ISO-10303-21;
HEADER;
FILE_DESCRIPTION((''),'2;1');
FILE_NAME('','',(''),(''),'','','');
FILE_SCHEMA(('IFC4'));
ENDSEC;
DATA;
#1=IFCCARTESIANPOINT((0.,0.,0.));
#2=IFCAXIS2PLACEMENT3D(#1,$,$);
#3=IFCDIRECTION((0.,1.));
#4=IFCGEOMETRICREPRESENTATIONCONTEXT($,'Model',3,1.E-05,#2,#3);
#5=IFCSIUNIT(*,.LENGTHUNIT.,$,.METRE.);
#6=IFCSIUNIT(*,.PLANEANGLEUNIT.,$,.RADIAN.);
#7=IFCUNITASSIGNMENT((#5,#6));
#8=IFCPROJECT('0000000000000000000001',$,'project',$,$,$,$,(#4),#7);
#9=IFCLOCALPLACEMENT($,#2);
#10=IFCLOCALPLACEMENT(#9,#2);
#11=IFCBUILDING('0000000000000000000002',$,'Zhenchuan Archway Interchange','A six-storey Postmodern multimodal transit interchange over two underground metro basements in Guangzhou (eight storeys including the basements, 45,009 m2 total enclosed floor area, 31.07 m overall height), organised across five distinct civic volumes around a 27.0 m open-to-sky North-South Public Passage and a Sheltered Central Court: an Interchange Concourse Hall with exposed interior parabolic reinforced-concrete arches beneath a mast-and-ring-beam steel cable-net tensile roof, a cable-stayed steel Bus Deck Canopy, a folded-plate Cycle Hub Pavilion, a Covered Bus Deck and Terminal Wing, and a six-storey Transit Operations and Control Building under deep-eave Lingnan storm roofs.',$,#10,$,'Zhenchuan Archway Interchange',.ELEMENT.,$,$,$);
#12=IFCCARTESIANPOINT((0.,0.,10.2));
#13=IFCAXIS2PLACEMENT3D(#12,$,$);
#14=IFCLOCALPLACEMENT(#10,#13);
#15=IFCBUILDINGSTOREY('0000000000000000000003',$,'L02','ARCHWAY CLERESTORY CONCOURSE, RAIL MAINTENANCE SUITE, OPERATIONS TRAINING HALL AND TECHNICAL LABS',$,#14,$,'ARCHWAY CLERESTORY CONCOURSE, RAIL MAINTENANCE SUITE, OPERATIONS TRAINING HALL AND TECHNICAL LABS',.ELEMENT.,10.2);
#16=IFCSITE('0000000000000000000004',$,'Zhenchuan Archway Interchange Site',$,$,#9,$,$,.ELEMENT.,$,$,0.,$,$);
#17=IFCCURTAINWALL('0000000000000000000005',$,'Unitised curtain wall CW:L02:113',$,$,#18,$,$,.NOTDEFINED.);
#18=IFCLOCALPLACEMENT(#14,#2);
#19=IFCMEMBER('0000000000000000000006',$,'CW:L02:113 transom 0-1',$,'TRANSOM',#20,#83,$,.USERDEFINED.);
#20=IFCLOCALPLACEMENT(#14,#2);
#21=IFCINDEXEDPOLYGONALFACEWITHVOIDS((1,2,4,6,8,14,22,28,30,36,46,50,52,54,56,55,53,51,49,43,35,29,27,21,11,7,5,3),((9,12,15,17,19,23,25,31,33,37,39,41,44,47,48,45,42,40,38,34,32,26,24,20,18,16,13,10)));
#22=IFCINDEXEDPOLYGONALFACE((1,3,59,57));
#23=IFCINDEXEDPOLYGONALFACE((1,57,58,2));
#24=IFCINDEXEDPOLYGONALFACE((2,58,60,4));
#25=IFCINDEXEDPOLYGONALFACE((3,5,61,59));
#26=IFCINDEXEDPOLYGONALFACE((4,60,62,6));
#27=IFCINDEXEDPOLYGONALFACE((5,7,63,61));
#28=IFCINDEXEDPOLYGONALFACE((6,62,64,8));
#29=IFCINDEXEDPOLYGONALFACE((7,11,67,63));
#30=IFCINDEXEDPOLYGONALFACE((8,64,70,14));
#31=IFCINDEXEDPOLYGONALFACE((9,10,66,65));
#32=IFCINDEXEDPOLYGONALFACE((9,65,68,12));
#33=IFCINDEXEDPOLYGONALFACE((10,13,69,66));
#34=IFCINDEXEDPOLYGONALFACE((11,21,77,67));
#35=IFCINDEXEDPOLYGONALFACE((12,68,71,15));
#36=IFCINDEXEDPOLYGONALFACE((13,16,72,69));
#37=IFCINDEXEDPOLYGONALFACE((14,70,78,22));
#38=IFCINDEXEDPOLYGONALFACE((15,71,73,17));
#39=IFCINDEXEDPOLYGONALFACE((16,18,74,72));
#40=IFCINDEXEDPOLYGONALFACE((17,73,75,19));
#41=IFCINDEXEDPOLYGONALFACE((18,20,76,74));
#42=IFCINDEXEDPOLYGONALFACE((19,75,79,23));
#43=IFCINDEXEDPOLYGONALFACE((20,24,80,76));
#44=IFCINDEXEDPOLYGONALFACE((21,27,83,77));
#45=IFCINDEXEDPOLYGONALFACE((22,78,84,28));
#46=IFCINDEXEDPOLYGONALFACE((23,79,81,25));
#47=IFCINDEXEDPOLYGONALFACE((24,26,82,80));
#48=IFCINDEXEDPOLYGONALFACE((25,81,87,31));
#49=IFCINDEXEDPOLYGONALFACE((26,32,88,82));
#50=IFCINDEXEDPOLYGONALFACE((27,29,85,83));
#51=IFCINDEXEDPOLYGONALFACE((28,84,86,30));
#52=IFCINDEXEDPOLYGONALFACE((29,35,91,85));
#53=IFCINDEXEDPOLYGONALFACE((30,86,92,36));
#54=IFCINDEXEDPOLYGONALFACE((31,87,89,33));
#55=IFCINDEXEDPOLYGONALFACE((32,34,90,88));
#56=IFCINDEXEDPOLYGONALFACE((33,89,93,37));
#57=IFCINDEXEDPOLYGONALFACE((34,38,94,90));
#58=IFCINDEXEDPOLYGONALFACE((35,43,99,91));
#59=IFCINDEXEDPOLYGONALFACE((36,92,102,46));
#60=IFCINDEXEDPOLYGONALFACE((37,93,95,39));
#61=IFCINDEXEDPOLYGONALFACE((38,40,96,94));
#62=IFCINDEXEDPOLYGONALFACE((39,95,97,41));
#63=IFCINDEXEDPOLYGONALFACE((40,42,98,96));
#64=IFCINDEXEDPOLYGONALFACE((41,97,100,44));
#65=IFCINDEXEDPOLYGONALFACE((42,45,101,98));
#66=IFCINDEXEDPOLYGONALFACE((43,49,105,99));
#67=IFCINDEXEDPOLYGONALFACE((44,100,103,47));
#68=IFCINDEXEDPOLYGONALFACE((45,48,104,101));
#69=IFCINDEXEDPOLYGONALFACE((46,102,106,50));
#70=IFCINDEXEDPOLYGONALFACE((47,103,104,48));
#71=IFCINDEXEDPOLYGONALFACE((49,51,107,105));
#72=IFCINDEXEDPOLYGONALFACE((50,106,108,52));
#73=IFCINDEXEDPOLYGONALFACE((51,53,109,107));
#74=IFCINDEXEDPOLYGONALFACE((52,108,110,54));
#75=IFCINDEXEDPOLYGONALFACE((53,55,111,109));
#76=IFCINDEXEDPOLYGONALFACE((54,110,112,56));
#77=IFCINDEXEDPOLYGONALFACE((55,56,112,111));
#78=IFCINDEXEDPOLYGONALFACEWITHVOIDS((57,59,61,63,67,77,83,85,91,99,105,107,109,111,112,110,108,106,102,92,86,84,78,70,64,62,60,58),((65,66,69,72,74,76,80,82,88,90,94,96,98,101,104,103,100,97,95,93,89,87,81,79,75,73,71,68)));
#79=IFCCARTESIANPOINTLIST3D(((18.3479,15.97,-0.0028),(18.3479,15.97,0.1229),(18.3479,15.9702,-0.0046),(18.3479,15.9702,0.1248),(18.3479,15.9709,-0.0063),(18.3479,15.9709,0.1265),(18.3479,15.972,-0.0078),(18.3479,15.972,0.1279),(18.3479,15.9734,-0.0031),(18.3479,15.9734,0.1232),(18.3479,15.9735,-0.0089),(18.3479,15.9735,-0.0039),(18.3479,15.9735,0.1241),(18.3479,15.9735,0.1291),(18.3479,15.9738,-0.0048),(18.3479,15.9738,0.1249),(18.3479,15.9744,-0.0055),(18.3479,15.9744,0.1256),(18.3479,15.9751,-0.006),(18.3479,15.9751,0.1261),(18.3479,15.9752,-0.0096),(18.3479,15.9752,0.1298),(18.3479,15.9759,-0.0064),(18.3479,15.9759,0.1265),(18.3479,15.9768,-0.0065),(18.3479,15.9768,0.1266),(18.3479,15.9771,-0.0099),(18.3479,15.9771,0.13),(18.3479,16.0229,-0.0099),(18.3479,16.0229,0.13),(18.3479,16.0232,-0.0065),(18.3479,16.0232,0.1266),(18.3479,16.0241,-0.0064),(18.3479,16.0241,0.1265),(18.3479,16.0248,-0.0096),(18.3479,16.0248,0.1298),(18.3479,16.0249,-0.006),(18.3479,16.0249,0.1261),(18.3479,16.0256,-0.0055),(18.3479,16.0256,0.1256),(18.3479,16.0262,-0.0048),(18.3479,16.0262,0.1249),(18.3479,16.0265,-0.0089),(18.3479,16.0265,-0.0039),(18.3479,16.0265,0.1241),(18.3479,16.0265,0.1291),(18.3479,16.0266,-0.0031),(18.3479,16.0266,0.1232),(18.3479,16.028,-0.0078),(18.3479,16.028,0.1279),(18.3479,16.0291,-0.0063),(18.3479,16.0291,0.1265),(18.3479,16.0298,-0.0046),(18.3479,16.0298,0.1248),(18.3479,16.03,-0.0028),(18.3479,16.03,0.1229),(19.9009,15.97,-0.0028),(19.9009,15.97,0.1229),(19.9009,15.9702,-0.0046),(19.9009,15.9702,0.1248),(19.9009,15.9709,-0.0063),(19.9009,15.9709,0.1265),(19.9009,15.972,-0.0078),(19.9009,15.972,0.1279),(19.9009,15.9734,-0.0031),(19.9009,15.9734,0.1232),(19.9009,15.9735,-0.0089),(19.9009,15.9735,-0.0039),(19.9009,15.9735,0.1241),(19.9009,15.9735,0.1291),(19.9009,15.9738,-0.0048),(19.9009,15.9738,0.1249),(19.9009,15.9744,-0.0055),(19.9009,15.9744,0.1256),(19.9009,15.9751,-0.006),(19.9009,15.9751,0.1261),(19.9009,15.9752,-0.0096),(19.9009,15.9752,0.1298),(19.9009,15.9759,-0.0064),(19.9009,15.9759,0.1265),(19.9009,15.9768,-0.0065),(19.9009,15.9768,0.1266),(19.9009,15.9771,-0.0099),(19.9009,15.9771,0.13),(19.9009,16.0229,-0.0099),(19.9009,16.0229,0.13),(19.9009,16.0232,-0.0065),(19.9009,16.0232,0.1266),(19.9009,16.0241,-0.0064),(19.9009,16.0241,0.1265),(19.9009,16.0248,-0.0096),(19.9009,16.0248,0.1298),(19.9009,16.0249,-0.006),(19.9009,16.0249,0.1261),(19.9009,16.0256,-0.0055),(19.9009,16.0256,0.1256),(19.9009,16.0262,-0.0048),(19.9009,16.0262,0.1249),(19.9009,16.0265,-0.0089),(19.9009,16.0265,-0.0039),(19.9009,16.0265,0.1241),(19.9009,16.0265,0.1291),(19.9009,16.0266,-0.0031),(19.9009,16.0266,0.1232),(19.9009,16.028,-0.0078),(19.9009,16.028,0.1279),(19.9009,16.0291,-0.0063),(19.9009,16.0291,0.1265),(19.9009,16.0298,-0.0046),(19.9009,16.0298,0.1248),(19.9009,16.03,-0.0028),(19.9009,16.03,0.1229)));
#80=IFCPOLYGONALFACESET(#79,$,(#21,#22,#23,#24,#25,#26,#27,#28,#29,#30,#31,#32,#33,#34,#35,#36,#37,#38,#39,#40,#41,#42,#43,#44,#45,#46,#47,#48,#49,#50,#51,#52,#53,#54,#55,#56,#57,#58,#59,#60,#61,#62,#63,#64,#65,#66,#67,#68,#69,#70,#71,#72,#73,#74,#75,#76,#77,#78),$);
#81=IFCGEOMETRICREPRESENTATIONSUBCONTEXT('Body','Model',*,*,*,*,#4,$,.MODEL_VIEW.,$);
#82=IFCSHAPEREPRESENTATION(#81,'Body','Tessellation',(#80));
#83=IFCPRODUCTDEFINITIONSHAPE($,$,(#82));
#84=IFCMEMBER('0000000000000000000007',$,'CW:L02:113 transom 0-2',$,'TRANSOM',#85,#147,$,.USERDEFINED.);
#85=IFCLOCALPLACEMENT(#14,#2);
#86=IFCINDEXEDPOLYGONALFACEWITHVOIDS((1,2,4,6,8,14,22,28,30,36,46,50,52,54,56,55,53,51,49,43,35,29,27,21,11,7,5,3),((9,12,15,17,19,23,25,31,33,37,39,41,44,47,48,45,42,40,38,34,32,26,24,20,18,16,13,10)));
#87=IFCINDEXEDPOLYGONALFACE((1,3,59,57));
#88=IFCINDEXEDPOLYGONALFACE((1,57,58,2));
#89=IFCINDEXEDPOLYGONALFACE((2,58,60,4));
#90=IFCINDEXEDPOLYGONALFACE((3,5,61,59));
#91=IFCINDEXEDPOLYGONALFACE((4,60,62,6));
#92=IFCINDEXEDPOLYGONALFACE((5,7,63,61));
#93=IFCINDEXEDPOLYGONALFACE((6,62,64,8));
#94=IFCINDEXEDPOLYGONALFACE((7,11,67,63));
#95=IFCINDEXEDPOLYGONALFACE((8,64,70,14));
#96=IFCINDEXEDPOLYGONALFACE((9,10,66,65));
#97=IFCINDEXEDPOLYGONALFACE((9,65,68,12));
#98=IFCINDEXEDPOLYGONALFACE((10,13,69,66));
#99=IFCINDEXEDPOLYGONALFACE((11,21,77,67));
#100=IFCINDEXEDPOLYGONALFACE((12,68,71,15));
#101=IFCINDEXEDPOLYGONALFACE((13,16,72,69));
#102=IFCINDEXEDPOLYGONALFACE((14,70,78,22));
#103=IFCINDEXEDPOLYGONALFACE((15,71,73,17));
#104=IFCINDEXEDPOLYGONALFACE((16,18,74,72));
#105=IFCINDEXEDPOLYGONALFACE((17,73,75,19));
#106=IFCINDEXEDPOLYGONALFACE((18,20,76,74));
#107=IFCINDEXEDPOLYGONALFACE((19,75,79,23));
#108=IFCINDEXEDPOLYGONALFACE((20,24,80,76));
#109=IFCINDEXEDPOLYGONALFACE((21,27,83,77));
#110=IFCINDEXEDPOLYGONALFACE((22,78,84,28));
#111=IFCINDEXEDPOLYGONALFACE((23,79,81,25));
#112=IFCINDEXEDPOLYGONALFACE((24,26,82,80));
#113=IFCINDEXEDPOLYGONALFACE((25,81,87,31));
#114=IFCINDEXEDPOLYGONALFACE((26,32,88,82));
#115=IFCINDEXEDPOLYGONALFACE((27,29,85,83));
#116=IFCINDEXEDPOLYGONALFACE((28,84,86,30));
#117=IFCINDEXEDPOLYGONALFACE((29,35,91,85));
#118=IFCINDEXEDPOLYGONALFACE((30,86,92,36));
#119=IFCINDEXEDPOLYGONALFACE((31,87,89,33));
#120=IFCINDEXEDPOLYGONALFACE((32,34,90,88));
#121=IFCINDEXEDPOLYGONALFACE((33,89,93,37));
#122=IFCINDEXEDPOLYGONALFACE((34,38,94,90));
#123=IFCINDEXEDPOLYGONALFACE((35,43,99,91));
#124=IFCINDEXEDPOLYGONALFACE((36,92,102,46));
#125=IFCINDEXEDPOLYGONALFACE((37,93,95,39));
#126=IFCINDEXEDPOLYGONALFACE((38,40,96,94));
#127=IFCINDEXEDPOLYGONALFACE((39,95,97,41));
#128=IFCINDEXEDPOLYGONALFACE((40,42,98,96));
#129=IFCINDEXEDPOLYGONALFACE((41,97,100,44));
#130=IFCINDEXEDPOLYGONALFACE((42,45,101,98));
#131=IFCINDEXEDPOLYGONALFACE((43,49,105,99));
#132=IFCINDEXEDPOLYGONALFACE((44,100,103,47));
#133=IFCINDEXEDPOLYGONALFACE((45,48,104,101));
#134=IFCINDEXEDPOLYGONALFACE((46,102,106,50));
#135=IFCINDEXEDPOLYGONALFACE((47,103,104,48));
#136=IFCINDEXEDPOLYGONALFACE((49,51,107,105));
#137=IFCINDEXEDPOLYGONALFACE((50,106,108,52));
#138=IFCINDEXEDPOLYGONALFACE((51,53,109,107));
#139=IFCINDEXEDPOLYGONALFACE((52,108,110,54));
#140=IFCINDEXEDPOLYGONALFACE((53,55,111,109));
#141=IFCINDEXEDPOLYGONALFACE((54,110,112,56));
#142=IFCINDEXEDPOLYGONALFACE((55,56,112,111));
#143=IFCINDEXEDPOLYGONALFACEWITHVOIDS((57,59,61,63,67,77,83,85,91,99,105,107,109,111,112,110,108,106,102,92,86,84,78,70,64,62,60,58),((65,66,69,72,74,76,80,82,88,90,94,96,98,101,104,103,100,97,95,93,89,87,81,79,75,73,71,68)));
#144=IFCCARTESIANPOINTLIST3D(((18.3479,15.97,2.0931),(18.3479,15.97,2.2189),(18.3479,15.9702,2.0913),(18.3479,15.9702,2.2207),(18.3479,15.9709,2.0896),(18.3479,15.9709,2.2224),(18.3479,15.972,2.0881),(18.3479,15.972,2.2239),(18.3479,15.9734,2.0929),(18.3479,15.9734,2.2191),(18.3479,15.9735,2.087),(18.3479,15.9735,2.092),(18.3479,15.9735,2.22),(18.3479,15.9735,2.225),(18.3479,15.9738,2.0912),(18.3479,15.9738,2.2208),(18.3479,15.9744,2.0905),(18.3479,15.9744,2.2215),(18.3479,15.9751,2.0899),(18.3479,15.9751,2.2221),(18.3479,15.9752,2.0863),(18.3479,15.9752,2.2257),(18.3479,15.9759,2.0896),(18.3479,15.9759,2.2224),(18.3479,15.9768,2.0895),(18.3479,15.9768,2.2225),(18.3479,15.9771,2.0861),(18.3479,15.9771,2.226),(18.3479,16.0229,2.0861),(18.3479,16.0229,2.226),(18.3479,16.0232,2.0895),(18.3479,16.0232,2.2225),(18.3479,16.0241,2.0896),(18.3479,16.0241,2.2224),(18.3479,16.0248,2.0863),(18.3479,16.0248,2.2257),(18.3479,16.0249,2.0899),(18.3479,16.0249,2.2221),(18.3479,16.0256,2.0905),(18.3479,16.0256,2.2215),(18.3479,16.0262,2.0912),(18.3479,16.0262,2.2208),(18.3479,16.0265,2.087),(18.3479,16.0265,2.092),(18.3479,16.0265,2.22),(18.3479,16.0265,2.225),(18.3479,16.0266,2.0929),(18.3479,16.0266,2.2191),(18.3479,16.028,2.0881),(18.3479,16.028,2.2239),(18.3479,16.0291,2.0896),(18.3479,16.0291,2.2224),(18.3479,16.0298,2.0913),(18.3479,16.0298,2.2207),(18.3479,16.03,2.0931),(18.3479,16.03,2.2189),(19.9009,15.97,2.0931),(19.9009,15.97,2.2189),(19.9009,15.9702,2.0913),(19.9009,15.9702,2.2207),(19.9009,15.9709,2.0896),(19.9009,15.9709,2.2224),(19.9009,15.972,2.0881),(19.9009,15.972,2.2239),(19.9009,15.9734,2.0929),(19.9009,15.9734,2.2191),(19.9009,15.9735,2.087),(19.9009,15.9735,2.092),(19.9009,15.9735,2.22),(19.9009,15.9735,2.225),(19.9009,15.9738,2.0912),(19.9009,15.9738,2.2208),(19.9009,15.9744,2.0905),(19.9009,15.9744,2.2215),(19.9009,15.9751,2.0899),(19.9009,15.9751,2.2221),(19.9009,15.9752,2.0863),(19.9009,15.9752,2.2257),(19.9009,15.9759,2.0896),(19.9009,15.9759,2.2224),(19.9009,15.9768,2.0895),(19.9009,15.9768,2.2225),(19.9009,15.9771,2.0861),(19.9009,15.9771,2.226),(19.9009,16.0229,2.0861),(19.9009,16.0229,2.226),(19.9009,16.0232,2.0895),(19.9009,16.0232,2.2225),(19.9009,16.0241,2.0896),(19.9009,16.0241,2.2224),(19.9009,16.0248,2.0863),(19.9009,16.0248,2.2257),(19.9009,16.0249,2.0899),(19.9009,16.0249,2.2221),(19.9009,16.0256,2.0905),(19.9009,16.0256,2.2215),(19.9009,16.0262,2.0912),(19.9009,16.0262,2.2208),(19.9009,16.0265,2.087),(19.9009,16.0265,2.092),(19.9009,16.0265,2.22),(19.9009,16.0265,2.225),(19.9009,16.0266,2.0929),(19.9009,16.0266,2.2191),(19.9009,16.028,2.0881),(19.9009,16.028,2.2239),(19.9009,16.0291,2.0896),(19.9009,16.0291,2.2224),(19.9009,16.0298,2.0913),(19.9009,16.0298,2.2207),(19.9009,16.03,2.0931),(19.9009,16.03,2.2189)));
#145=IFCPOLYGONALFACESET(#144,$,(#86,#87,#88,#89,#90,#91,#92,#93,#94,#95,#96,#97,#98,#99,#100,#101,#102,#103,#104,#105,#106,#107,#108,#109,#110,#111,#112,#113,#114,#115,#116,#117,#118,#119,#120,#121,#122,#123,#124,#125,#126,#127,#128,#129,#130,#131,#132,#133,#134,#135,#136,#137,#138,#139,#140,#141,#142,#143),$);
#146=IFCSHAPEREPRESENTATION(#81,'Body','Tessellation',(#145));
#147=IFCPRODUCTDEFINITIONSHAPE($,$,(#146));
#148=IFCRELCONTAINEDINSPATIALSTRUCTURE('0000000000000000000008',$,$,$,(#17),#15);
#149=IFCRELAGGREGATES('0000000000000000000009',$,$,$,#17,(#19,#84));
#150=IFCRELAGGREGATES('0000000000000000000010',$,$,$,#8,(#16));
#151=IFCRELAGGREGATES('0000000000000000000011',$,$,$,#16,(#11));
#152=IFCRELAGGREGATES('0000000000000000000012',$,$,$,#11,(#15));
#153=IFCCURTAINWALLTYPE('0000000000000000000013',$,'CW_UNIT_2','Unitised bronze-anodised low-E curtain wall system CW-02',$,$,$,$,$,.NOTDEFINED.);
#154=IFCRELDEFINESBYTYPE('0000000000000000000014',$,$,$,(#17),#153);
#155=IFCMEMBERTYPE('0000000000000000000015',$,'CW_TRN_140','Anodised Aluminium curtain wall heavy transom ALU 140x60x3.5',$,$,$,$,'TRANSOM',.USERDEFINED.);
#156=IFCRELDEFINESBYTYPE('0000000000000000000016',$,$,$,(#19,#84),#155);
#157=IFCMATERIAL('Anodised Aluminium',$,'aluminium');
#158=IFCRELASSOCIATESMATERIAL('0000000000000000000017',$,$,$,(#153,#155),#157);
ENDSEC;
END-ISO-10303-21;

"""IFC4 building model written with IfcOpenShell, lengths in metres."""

from ifc_helpers import new_model, si_unit, direction, frame, origin, origin_2d, place, context, subcontext, project, spatial, hollow_rectangle, extrude, material, material_profile, profile_set, type_object, element, aggregate, save


model = new_model("IFC4")

# Units and contexts
model_context = context("Model", 3, precision=1e-05, world=origin(), true_north=direction((0.0, 1.0)))
body_context = subcontext(model_context, "Body", "Model", "MODEL_VIEW")
ifc_project = project(units=[si_unit("LENGTHUNIT", "METRE"), si_unit("PLANEANGLEUNIT", "RADIAN")], contexts=[model_context])

# Site, building, storey
site_placement = place(None, origin())
site = spatial("IfcSite", under=ifc_project, at=site_placement, Name="Zhenchuan Archway Interchange Site", CompositionType="ELEMENT", RefElevation=0.0)
building_placement = place(site_placement, origin())
building = spatial("IfcBuilding", under=site, at=building_placement, Name="Zhenchuan Archway Interchange", Description="A six-storey Postmodern multimodal transit interchange over two underground metro basements in Guangzhou (eight storeys including the basements, 45,009 m2 total enclosed floor area, 31.07 m overall height), organised across five distinct civic volumes around a 27.0 m open-to-sky North-South Public Passage and a Sheltered Central Court: an Interchange Concourse Hall with exposed interior parabolic reinforced-concrete arches beneath a mast-and-ring-beam steel cable-net tensile roof, a cable-stayed steel Bus Deck Canopy, a folded-plate Cycle Hub Pavilion, a Covered Bus Deck and Terminal Wing, and a six-storey Transit Operations and Control Building under deep-eave Lingnan storm roofs.", LongName="Zhenchuan Archway Interchange", CompositionType="ELEMENT")
storey_placement = place(building_placement, frame((0.0, 0.0, 10.2)))
storey = spatial("IfcBuildingStorey", under=building, at=storey_placement, Name="L02", Description="ARCHWAY CLERESTORY CONCOURSE, RAIL MAINTENANCE SUITE, OPERATIONS TRAINING HALL AND TECHNICAL LABS", LongName="ARCHWAY CLERESTORY CONCOURSE, RAIL MAINTENANCE SUITE, OPERATIONS TRAINING HALL AND TECHNICAL LABS", CompositionType="ELEMENT", Elevation=10.2)

# Curtain wall, members
ifc_material_1 = material(Name="Anodised Aluminium", Category="aluminium")
curtain_wall_type = type_object("IfcCurtainWallType", Name="CW_UNIT_2", Description="Unitised bronze-anodised low-E curtain wall system CW-02", PredefinedType="NOTDEFINED", material=ifc_material_1)
curtain_wall_placement = place(storey_placement, origin())
curtain_wall = element("IfcCurtainWall", 1, at=curtain_wall_placement, inside=storey, type_object=curtain_wall_type, Name="Unitised curtain wall CW:L02:113", PredefinedType="NOTDEFINED")
ifc_material_profile_1 = material_profile(ifc_material_1, hollow_rectangle(XDim=0.0601, YDim=0.1399, WallThickness=0.0034, InnerFilletRadius=0.0034, OuterFilletRadius=0.0071, at=origin_2d()), Name="ALU 140x60x3.5")
ifc_profile_set_1 = profile_set([ifc_material_profile_1], Name="Anodised Aluminium")
member_type_1 = type_object("IfcMemberType", Name="CW_TRN_140", Description="Anodised Aluminium curtain wall heavy transom ALU 140x60x3.5", ElementType="TRANSOM", PredefinedType="USERDEFINED", material=ifc_profile_set_1)
member_1_placement = place(storey_placement, frame((18.3479, 16.0, 0.0601), z_axis=(1.0, 0.0, 0.0), x_axis=(0.0, 1.0, 0.0)))
member_1 = element("IfcMember", 2, at=member_1_placement, type_object=member_type_1, Name="CW:L02:113 transom 0-1", ObjectType="TRANSOM", PredefinedType="USERDEFINED", context=body_context, shape_type="SweptSolid", body=[
    extrude(hollow_rectangle(XDim=0.0601, YDim=0.1399, WallThickness=0.0034, InnerFilletRadius=0.0034, OuterFilletRadius=0.0071, at=origin_2d()), origin(), (0.0, 0.0, 1.0), 1.553),
])
member_2_placement = place(storey_placement, frame((18.3479, 16.0, 2.156), z_axis=(1.0, 0.0, 0.0), x_axis=(0.0, 1.0, 0.0)))
member_2 = element("IfcMember", 3, at=member_2_placement, type_object=member_type_1, Name="CW:L02:113 transom 0-2", ObjectType="TRANSOM", PredefinedType="USERDEFINED", context=body_context, shape_type="SweptSolid", body=[
    extrude(hollow_rectangle(XDim=0.0601, YDim=0.1399, WallThickness=0.0034, InnerFilletRadius=0.0034, OuterFilletRadius=0.0071, at=origin_2d()), origin(), (0.0, 0.0, 1.0), 1.553),
])

aggregate(curtain_wall, [member_1, member_2])

save(model, "model.ifc")
